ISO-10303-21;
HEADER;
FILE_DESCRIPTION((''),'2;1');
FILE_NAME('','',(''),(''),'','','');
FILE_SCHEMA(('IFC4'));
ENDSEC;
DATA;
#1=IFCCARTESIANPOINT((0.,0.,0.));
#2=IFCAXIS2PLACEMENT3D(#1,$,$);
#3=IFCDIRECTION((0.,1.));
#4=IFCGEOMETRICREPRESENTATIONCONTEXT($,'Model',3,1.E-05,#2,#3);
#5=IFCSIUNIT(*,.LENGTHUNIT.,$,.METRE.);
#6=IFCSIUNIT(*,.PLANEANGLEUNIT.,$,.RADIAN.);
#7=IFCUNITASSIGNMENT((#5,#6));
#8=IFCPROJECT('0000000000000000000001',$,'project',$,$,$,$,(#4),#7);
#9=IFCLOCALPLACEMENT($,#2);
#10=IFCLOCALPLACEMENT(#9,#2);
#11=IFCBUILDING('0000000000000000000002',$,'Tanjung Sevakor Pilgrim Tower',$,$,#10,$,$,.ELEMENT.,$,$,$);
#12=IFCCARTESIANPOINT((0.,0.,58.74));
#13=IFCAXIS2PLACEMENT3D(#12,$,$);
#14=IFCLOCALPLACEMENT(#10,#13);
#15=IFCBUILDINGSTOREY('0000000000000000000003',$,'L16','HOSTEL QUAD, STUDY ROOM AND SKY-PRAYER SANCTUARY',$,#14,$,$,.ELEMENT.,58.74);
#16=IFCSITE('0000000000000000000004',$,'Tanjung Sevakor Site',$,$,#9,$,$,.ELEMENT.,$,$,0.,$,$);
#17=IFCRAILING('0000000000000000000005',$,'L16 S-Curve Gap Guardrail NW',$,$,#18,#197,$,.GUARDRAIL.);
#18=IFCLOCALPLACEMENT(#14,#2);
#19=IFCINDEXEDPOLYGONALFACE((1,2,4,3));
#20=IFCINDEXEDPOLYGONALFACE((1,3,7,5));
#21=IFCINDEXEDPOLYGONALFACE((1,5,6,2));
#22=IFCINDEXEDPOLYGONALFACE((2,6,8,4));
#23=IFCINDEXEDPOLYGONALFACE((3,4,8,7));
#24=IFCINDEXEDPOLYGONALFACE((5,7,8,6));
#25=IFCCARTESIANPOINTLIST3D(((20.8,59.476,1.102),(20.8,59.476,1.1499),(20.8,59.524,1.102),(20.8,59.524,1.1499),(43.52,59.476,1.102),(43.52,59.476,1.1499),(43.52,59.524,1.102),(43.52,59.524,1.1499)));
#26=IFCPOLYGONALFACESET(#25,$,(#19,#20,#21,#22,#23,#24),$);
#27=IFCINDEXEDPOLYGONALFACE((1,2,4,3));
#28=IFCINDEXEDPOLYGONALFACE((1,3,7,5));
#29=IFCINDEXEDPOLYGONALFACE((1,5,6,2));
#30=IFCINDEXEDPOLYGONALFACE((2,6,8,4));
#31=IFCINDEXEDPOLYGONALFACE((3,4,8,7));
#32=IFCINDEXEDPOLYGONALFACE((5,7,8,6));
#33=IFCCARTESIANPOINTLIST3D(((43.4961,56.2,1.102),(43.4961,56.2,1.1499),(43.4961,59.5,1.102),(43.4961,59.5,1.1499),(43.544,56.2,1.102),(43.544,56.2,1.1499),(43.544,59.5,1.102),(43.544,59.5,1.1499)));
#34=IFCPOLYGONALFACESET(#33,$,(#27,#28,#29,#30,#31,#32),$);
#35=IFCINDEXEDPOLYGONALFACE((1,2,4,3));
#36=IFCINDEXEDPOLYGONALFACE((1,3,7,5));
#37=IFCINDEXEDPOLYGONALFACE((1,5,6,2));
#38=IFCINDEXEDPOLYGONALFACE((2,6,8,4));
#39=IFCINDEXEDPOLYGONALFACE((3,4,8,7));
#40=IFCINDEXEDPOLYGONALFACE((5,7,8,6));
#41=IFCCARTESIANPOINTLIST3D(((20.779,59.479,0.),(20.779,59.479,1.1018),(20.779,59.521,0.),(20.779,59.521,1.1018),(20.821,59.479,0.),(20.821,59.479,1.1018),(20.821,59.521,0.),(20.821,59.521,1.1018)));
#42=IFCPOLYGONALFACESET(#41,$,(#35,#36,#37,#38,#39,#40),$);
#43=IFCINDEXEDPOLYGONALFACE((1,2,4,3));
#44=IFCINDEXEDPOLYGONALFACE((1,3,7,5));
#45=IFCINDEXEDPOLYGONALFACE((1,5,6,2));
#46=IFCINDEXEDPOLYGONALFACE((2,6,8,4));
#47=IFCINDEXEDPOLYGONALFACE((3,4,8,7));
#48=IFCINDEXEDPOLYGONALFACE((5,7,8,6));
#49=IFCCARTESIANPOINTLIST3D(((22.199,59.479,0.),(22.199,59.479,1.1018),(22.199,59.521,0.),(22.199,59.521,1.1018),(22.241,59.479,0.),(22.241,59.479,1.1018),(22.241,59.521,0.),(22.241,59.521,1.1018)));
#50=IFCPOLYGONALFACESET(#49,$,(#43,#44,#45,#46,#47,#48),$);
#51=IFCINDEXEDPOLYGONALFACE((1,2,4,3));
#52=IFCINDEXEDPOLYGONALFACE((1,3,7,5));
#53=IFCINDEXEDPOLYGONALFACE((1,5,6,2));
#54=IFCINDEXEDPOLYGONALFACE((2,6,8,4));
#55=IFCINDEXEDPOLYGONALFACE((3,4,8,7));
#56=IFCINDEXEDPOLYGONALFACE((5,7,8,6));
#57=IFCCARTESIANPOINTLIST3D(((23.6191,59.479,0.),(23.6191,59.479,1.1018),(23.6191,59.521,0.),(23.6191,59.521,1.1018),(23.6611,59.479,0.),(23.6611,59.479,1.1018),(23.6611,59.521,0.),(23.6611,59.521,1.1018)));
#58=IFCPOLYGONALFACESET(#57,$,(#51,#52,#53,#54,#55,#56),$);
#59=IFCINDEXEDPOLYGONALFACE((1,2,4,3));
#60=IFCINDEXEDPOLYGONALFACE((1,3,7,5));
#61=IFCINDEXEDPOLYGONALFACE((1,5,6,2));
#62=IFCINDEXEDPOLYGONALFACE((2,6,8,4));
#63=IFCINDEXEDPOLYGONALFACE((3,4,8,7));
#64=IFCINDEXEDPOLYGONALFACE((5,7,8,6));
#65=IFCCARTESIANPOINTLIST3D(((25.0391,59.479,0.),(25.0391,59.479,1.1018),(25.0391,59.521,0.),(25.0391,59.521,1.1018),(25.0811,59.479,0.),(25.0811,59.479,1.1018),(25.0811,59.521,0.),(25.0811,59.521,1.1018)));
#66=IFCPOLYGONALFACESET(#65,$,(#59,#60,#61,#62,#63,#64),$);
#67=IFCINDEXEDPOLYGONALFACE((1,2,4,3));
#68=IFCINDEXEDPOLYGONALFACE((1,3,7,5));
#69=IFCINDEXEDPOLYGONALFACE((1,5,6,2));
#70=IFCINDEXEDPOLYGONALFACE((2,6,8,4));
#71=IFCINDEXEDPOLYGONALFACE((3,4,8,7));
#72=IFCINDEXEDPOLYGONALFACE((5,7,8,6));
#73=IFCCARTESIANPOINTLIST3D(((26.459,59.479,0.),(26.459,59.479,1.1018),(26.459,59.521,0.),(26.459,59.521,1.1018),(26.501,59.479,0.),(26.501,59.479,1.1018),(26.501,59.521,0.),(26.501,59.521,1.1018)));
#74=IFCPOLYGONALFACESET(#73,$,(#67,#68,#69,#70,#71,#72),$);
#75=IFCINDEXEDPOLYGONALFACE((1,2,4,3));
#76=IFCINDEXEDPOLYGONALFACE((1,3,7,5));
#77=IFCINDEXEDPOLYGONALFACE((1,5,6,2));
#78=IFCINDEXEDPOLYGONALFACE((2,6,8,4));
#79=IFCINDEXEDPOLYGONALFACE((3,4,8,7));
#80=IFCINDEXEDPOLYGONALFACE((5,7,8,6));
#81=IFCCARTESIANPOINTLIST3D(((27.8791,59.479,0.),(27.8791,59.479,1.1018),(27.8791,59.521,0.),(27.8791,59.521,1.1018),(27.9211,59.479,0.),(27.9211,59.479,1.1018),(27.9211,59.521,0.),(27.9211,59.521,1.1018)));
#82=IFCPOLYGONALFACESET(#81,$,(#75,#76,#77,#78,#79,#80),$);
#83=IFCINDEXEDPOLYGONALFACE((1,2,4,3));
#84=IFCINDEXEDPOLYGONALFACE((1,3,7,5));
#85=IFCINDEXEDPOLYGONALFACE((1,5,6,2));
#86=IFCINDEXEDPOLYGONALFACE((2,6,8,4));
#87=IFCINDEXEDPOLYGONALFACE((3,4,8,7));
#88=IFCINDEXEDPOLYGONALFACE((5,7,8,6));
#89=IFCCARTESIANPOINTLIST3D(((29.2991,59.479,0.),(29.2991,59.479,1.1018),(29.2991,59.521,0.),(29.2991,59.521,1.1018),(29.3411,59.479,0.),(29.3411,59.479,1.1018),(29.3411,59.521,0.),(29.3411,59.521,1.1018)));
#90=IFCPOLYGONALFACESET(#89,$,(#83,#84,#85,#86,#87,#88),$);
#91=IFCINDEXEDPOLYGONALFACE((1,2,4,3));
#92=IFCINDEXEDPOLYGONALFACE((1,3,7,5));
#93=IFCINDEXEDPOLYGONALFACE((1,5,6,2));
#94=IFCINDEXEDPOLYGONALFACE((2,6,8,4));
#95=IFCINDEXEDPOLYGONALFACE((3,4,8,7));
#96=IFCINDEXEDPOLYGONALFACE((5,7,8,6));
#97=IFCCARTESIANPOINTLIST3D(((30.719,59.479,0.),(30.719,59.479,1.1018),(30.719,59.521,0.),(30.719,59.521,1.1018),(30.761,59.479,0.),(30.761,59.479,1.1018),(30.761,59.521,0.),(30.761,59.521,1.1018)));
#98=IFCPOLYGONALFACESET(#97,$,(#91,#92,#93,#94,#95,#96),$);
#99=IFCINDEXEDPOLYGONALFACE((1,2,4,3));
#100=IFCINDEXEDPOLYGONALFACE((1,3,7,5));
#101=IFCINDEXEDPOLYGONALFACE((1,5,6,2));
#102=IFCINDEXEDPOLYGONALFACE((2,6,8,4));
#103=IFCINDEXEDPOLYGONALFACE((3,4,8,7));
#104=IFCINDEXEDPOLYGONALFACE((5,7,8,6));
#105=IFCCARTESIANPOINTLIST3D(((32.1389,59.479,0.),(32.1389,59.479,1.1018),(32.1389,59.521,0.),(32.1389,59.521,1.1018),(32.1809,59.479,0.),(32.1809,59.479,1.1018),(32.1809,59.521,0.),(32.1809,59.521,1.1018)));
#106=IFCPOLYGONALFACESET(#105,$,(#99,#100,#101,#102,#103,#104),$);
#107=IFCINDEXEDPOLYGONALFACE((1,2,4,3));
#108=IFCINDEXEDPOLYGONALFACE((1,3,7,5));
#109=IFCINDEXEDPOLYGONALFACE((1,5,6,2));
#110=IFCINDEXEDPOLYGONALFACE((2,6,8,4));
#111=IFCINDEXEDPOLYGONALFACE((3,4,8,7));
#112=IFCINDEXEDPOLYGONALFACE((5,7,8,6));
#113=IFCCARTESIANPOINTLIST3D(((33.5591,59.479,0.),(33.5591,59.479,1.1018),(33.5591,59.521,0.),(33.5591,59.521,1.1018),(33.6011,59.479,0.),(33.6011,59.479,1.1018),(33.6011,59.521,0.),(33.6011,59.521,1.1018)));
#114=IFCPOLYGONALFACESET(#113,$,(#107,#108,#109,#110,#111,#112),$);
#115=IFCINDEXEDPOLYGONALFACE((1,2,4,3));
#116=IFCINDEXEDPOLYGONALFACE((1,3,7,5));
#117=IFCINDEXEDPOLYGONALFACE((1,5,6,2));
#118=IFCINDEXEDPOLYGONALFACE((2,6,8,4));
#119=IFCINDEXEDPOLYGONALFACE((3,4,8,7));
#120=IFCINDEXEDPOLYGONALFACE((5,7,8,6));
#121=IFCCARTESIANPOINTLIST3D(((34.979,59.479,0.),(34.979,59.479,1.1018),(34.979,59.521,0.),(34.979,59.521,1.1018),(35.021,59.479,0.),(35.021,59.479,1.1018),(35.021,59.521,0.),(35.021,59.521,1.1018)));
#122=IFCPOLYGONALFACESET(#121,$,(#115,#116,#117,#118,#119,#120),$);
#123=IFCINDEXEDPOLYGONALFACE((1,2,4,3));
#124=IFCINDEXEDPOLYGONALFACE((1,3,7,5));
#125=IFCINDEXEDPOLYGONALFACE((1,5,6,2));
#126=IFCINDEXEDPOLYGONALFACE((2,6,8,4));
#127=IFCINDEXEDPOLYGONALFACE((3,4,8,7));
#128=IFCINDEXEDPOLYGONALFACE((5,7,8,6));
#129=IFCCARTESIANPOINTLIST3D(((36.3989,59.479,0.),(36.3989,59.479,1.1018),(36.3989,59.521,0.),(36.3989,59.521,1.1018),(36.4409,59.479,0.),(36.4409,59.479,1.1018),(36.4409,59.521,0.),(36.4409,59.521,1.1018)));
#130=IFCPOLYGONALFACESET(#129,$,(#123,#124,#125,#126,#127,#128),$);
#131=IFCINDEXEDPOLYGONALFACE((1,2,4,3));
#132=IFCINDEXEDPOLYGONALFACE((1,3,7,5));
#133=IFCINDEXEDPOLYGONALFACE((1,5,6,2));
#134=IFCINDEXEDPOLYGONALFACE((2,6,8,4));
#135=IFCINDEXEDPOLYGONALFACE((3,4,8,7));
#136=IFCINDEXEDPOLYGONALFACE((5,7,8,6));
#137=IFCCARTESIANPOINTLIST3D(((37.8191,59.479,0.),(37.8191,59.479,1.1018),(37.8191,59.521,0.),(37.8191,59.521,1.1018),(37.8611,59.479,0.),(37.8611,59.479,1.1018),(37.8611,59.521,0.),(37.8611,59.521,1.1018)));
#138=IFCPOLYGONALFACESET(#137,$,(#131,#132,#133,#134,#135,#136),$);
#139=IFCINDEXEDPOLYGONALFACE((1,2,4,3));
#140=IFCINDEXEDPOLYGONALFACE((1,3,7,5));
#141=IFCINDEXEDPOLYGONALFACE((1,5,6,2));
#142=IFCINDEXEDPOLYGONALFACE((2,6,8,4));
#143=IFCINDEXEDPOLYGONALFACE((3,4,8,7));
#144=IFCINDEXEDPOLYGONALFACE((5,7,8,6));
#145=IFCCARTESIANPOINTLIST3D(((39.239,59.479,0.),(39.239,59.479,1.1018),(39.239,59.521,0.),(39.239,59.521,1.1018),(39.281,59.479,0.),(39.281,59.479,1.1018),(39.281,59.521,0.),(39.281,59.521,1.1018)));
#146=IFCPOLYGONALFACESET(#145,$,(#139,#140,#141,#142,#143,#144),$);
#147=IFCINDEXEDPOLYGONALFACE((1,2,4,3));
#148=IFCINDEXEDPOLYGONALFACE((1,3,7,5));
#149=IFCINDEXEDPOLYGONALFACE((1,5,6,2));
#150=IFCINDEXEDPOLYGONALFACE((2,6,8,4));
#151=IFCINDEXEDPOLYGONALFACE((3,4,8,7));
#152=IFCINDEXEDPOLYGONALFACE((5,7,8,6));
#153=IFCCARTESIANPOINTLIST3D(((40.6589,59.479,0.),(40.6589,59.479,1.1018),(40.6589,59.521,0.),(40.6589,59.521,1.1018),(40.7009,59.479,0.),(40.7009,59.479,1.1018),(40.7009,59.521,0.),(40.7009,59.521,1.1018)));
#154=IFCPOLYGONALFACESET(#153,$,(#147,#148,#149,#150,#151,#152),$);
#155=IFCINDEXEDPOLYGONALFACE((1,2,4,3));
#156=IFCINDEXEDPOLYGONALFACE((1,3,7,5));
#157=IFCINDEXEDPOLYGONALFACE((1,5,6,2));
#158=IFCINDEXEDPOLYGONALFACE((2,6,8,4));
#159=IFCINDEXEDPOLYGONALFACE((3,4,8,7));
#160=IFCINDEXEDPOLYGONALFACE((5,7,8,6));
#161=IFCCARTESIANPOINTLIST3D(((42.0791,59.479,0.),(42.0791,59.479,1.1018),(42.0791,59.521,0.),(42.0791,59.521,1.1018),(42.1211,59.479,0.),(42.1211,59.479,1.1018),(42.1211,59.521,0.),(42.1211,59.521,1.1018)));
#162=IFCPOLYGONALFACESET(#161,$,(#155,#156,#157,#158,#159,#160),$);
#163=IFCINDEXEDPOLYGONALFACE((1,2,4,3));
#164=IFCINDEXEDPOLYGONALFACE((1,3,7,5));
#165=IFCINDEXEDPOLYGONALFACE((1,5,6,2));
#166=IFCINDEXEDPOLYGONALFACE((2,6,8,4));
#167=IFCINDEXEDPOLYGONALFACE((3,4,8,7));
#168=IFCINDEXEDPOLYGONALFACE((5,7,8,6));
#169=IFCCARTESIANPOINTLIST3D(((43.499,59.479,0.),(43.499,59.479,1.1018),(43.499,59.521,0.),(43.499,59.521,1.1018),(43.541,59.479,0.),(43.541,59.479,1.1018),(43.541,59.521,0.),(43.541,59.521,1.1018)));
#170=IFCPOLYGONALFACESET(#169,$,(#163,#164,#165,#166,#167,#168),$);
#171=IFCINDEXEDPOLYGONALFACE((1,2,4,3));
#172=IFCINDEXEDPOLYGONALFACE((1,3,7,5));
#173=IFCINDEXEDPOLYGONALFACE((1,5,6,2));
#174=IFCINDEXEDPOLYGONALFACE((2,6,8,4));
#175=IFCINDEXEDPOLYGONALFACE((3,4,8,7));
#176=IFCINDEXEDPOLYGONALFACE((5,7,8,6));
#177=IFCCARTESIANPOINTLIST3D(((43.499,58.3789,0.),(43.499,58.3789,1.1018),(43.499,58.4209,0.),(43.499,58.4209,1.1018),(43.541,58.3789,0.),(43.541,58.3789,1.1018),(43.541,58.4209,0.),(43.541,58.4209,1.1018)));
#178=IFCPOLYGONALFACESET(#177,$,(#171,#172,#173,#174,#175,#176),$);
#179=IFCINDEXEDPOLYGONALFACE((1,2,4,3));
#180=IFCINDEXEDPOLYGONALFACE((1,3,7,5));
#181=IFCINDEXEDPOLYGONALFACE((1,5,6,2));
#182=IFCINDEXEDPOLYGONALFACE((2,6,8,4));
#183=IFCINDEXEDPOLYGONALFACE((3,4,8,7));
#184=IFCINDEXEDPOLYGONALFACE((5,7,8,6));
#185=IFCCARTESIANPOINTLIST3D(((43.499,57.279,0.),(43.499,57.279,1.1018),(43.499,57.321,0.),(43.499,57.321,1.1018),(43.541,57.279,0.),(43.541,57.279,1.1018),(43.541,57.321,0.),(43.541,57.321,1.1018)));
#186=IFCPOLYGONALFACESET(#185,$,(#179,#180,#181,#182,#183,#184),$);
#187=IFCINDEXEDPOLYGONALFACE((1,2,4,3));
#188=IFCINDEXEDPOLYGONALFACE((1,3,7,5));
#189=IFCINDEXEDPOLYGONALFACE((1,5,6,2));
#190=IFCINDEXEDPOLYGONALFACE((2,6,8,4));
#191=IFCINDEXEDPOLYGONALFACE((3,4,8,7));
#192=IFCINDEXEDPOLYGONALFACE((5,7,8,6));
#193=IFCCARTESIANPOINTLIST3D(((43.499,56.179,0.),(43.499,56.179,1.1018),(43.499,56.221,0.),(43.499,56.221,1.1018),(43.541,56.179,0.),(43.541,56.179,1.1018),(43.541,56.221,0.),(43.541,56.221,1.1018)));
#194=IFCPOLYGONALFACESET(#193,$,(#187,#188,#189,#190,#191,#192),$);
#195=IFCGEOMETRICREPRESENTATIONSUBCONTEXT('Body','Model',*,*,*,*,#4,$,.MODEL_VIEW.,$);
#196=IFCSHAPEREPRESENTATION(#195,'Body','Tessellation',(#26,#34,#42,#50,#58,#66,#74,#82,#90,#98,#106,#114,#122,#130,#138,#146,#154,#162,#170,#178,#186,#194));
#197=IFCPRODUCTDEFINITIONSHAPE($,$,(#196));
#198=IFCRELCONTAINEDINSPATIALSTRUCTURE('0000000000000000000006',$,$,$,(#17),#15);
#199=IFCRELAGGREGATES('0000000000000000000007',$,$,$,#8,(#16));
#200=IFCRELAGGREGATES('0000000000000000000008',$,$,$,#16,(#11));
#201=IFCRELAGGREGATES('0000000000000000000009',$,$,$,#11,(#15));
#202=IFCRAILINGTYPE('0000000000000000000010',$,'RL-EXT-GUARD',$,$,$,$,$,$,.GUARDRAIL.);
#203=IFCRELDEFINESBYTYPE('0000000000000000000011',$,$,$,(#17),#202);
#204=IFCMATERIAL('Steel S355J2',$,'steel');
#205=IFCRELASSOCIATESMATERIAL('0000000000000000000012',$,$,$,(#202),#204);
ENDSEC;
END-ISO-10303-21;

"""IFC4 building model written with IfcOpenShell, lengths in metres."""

from ifc_helpers import new_model, si_unit, direction, frame, origin, place, context, subcontext, project, spatial, rectangle, extrude, material, type_object, element, save


model = new_model("IFC4")

# Units and contexts
model_context = context("Model", 3, precision=1e-05, world=origin(), true_north=direction((0.0, 1.0)))
body_context = subcontext(model_context, "Body", "Model", "MODEL_VIEW")
ifc_project = project(units=[si_unit("LENGTHUNIT", "METRE"), si_unit("PLANEANGLEUNIT", "RADIAN")], contexts=[model_context])

# Site, building, storey
site_placement = place(None, origin())
site = spatial("IfcSite", under=ifc_project, at=site_placement, Name="Tanjung Sevakor Site", CompositionType="ELEMENT", RefElevation=0.0)
building_placement = place(site_placement, origin())
building = spatial("IfcBuilding", under=site, at=building_placement, Name="Tanjung Sevakor Pilgrim Tower", CompositionType="ELEMENT")
storey_placement = place(building_placement, frame((0.0, 0.0, 58.74)))
storey = spatial("IfcBuildingStorey", under=building, at=storey_placement, Name="L16", Description="HOSTEL QUAD, STUDY ROOM AND SKY-PRAYER SANCTUARY", CompositionType="ELEMENT", Elevation=58.74)

# Railing
ifc_material_1 = material(Name="Steel S355J2", Category="steel")
railing_type_1 = type_object("IfcRailingType", Name="RL-EXT-GUARD", PredefinedType="GUARDRAIL", material=ifc_material_1)
railing_1_placement = place(storey_placement, frame((20.8, 59.5, 0.0)))
element("IfcRailing", 1, at=railing_1_placement, inside=storey, type_object=railing_type_1, Name="L16 S-Curve Gap Guardrail NW", PredefinedType="GUARDRAIL", context=body_context, shape_type="SweptSolid", body=[
    extrude(rectangle(XDim=0.0479, YDim=0.0479), frame((0.0, 0.0, 1.126), z_axis=(1.0, 0.0, 0.0), x_axis=(0.0, 1.0, 0.0)), (0.0, 0.0, 1.0), 22.72),
    extrude(rectangle(XDim=0.0479, YDim=0.0479), frame((22.72, 0.0, 1.126), z_axis=(0.0, -1.0, 0.0), x_axis=(1.0, 0.0, 0.0)), (0.0, 0.0, 1.0), 3.3),
    extrude(rectangle(XDim=0.042, YDim=0.042), origin(), (0.0, 0.0, 1.0), 1.1018),
    extrude(rectangle(XDim=0.042, YDim=0.042), frame((1.4199, 0.0, 0.0)), (0.0, 0.0, 1.0), 1.1018),
    extrude(rectangle(XDim=0.042, YDim=0.042), frame((2.8401, 0.0, 0.0)), (0.0, 0.0, 1.0), 1.1018),
    extrude(rectangle(XDim=0.042, YDim=0.042), frame((4.26, 0.0, 0.0)), (0.0, 0.0, 1.0), 1.1018),
    extrude(rectangle(XDim=0.042, YDim=0.042), frame((5.6799, 0.0, 0.0)), (0.0, 0.0, 1.0), 1.1018),
    extrude(rectangle(XDim=0.042, YDim=0.042), frame((7.1001, 0.0, 0.0)), (0.0, 0.0, 1.0), 1.1018),
    extrude(rectangle(XDim=0.042, YDim=0.042), frame((8.52, 0.0, 0.0)), (0.0, 0.0, 1.0), 1.1018),
    extrude(rectangle(XDim=0.042, YDim=0.042), frame((9.9399, 0.0, 0.0)), (0.0, 0.0, 1.0), 1.1018),
    extrude(rectangle(XDim=0.042, YDim=0.042), frame((11.3599, 0.0, 0.0)), (0.0, 0.0, 1.0), 1.1018),
    extrude(rectangle(XDim=0.042, YDim=0.042), frame((12.78, 0.0, 0.0)), (0.0, 0.0, 1.0), 1.1018),
    extrude(rectangle(XDim=0.042, YDim=0.042), frame((14.2, 0.0, 0.0)), (0.0, 0.0, 1.0), 1.1018),
    extrude(rectangle(XDim=0.042, YDim=0.042), frame((15.6199, 0.0, 0.0)), (0.0, 0.0, 1.0), 1.1018),
    extrude(rectangle(XDim=0.042, YDim=0.042), frame((17.04, 0.0, 0.0)), (0.0, 0.0, 1.0), 1.1018),
    extrude(rectangle(XDim=0.042, YDim=0.042), frame((18.46, 0.0, 0.0)), (0.0, 0.0, 1.0), 1.1018),
    extrude(rectangle(XDim=0.042, YDim=0.042), frame((19.8799, 0.0, 0.0)), (0.0, 0.0, 1.0), 1.1018),
    extrude(rectangle(XDim=0.042, YDim=0.042), frame((21.3, 0.0, 0.0)), (0.0, 0.0, 1.0), 1.1018),
    extrude(rectangle(XDim=0.042, YDim=0.042), frame((22.72, 0.0, 0.0)), (0.0, 0.0, 1.0), 1.1018),
    extrude(rectangle(XDim=0.042, YDim=0.042), frame((22.72, -1.1001, 0.0)), (0.0, 0.0, 1.0), 1.1018),
    extrude(rectangle(XDim=0.042, YDim=0.042), frame((22.72, -2.2, 0.0)), (0.0, 0.0, 1.0), 1.1018),
    extrude(rectangle(XDim=0.042, YDim=0.042), frame((22.72, -3.3, 0.0)), (0.0, 0.0, 1.0), 1.1018),
])

save(model, "model.ifc")
